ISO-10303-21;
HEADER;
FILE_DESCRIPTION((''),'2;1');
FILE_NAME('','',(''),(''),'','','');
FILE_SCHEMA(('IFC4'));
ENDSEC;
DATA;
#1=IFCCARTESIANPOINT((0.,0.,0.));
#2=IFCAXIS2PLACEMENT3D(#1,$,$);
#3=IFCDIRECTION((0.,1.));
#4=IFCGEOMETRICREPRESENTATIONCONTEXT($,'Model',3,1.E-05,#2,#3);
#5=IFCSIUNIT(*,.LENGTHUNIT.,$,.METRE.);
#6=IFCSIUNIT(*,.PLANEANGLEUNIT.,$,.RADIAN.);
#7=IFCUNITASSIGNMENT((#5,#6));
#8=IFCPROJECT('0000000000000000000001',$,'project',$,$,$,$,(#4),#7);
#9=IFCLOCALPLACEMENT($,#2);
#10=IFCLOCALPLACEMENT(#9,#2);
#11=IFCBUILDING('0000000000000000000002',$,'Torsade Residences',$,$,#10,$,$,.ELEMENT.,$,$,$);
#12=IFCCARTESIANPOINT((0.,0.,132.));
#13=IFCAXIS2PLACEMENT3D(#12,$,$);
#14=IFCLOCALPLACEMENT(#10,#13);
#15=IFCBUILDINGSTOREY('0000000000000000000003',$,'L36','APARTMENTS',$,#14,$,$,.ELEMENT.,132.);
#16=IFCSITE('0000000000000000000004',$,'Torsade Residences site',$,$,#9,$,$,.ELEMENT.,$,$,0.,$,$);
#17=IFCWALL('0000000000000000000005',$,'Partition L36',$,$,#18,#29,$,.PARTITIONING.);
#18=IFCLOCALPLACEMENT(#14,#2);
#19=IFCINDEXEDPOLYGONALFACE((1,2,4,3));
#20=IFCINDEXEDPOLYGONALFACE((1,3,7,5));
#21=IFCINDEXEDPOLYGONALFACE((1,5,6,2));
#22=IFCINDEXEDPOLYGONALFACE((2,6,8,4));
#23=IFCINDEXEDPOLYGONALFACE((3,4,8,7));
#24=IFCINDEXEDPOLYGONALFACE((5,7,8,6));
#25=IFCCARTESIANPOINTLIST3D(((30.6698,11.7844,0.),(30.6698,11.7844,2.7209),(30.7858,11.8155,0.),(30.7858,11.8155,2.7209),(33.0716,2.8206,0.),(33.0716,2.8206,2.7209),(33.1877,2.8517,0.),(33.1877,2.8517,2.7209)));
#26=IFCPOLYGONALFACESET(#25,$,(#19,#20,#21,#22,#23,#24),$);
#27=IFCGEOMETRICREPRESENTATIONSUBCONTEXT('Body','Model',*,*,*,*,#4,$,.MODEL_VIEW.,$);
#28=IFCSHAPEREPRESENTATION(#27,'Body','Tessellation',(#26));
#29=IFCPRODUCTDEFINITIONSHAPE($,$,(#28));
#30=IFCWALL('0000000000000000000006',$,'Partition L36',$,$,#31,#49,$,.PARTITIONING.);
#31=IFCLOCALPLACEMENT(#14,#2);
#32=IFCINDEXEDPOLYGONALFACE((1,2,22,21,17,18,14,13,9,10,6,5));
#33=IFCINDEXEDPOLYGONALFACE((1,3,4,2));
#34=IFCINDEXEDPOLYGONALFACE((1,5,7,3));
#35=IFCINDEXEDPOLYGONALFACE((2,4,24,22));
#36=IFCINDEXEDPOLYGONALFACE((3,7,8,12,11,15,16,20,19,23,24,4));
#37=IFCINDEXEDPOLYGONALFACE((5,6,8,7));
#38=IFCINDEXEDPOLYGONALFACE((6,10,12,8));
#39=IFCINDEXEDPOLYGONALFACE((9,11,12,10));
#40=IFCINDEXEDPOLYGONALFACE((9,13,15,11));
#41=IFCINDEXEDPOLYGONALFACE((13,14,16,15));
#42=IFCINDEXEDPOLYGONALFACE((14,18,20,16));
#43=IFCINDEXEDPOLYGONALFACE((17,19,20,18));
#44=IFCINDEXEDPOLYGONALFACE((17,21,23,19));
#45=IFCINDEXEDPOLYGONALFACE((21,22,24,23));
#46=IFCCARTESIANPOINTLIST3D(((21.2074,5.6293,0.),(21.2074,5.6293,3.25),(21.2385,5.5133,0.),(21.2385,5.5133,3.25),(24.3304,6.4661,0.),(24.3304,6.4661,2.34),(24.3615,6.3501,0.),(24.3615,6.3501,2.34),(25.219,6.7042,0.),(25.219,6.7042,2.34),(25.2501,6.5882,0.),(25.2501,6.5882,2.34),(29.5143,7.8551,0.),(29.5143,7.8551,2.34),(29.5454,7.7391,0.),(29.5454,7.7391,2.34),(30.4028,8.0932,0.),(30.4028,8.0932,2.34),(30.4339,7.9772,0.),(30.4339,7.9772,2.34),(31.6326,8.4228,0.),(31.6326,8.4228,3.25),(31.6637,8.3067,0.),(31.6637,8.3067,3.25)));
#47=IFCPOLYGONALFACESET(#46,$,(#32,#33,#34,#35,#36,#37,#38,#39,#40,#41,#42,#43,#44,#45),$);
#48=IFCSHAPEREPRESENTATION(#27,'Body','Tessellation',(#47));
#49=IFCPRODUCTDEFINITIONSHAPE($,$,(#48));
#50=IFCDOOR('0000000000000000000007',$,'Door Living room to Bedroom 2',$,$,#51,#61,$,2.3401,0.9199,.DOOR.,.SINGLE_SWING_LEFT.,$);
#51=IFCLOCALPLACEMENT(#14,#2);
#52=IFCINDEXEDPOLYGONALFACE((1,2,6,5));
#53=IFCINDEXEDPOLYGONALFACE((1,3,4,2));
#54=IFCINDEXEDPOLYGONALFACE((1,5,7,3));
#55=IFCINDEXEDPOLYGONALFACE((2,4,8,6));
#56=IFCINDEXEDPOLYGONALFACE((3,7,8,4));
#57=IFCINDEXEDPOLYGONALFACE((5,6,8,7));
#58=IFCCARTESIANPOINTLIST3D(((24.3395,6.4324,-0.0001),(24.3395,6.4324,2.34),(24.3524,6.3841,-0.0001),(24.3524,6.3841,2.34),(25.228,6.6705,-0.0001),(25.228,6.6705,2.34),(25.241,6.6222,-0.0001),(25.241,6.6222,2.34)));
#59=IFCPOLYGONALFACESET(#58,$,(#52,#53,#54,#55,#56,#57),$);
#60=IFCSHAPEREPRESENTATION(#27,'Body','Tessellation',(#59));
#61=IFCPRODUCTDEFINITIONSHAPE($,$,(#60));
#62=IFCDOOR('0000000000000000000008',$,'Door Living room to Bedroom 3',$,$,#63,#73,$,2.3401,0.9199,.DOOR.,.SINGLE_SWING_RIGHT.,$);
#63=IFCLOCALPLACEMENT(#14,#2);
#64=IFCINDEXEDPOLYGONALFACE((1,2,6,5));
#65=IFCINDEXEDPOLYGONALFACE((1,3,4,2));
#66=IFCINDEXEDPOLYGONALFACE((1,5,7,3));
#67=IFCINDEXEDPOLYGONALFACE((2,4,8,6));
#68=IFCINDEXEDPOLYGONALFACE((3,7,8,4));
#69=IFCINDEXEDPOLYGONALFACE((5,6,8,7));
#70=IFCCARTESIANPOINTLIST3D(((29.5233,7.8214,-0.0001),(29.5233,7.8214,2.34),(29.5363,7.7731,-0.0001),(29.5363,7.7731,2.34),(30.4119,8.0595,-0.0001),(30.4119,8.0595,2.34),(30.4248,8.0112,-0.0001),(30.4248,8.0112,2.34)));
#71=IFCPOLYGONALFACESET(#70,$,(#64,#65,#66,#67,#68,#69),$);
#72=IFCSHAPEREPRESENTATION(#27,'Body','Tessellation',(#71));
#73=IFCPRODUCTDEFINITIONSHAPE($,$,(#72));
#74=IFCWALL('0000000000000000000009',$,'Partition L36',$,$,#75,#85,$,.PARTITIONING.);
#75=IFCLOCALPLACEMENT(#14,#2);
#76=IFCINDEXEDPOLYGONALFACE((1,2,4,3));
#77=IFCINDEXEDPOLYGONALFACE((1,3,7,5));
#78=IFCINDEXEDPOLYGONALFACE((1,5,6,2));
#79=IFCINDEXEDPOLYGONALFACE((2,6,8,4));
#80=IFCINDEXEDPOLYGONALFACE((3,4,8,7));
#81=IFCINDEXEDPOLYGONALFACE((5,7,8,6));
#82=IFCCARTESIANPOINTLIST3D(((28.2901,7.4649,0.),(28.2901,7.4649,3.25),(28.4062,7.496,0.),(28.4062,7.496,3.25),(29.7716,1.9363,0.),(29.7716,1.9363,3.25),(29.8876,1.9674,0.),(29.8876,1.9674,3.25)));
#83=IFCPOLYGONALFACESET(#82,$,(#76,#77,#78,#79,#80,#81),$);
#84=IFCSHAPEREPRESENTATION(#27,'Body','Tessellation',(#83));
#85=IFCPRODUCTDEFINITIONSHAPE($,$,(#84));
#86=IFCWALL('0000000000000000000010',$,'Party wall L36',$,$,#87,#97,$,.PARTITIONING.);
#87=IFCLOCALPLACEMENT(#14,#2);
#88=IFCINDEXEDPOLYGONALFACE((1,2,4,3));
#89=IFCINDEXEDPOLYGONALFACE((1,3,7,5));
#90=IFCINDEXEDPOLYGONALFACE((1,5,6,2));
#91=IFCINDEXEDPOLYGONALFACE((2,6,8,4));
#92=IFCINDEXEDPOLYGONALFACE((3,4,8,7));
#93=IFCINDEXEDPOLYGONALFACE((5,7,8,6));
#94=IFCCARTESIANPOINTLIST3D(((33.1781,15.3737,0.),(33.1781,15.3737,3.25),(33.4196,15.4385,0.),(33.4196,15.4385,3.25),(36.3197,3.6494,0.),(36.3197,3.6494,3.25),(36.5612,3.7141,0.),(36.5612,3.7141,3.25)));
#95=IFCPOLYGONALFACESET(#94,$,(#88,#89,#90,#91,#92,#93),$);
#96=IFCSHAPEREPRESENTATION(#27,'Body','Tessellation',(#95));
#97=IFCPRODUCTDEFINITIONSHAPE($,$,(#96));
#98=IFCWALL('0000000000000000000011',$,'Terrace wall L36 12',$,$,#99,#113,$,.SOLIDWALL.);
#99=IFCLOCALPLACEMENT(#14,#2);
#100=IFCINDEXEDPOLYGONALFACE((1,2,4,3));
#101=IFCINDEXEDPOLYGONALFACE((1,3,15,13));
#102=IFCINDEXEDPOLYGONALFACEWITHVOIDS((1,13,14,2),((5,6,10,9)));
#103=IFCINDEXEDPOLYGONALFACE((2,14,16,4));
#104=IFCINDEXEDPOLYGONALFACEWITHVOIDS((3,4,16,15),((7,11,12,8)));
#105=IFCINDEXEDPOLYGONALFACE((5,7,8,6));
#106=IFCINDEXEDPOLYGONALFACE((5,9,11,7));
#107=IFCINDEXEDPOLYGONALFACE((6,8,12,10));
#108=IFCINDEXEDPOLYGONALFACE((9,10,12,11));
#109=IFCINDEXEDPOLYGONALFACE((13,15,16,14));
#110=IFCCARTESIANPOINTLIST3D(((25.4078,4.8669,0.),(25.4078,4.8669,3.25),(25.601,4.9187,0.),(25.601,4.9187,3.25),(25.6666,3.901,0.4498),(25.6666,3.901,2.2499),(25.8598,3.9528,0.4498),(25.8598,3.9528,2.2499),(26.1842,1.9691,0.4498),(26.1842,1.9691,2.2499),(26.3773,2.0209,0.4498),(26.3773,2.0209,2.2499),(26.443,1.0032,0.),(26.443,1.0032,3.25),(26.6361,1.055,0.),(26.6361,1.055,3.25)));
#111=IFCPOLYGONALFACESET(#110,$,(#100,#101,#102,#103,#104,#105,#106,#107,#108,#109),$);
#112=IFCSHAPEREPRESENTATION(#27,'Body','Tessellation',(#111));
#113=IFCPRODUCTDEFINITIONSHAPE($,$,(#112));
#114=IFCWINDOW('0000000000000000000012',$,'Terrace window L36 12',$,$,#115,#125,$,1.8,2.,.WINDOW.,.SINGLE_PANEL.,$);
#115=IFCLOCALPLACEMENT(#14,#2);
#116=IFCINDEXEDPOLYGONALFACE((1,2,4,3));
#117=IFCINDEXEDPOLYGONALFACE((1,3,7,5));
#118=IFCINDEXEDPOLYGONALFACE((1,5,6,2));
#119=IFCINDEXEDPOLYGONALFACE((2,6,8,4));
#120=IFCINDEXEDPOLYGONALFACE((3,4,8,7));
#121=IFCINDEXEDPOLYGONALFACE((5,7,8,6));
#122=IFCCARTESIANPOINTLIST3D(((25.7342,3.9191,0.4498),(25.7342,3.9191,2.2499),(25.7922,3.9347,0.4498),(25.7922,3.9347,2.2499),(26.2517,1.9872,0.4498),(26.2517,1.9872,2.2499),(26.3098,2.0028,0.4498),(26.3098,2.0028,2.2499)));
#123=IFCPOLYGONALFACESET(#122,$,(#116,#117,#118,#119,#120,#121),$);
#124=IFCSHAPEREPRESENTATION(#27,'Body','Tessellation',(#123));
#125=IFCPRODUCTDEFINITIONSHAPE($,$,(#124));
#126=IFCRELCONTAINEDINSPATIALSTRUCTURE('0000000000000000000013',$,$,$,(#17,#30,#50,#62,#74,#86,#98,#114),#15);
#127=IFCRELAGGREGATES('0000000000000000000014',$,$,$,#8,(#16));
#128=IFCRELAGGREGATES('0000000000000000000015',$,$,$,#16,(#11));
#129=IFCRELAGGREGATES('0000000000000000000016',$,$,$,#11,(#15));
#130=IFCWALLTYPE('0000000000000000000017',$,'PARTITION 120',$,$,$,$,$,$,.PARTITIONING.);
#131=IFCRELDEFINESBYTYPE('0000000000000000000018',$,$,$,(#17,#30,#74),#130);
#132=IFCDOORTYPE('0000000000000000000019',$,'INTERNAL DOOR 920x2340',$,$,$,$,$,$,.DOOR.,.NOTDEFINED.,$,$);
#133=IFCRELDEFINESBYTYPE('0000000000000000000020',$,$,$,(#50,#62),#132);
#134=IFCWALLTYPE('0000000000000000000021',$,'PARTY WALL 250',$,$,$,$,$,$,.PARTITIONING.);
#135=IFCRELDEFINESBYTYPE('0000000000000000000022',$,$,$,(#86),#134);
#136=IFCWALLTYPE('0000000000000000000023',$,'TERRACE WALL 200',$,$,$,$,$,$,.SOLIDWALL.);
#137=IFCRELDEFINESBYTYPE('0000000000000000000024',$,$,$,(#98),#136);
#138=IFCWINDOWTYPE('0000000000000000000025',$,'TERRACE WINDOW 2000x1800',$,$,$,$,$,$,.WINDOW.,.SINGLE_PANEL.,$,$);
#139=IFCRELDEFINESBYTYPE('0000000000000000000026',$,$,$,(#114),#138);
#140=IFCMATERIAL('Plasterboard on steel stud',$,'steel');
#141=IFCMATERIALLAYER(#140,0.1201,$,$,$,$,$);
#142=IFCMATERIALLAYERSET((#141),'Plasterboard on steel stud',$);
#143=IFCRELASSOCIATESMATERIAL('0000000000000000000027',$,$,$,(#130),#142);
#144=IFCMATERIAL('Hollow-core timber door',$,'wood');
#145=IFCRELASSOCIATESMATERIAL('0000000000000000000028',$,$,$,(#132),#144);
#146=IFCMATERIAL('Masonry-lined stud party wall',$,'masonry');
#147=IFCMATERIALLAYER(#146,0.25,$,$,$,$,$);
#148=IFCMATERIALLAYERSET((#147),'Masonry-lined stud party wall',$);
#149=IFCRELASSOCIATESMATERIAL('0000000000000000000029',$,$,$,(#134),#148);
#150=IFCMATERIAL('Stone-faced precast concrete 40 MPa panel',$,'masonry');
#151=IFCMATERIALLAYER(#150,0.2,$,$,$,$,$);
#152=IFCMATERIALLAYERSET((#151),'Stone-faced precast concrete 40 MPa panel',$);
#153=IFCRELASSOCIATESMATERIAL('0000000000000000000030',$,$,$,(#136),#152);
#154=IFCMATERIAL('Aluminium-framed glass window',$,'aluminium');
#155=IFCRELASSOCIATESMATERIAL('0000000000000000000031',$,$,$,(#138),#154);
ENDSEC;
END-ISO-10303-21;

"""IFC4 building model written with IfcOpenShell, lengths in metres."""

from ifc_helpers import new_model, si_unit, direction, frame, frame_2d, origin, place, context, subcontext, project, spatial, rectangle, extrude, material, layer, layer_set, type_object, element, fill, save


model = new_model("IFC4")

# Units and contexts
model_context = context("Model", 3, precision=1e-05, world=origin(), true_north=direction((0.0, 1.0)))
body_context = subcontext(model_context, "Body", "Model", "MODEL_VIEW")
ifc_project = project(units=[si_unit("LENGTHUNIT", "METRE"), si_unit("PLANEANGLEUNIT", "RADIAN")], contexts=[model_context])

# Site, building, storey
site_placement = place(None, origin())
site = spatial("IfcSite", under=ifc_project, at=site_placement, Name="Torsade Residences site", CompositionType="ELEMENT", RefElevation=0.0)
building_placement = place(site_placement, origin())
building = spatial("IfcBuilding", under=site, at=building_placement, Name="Torsade Residences", CompositionType="ELEMENT")
storey_placement = place(building_placement, frame((0.0, 0.0, 132.0)))
storey = spatial("IfcBuildingStorey", under=building, at=storey_placement, Name="L36", Description="APARTMENTS", CompositionType="ELEMENT", Elevation=132.0)

# Wall
ifc_material_1 = material(Name="Plasterboard on steel stud", Category="steel")
ifc_layer_1 = layer(ifc_material_1, 0.1201)
ifc_layer_set_1 = layer_set([ifc_layer_1], Name="Plasterboard on steel stud")
wall_type_1 = type_object("IfcWallType", Name="PARTITION 120", PredefinedType="PARTITIONING", material=ifc_layer_set_1)
wall_1_placement = place(storey_placement, frame((30.7278, 11.8, 0.0), z_axis=(0.0, 0.0, 1.0), x_axis=(0.258818, -0.965926, 0.0)))
element("IfcWall", 1, at=wall_1_placement, inside=storey, type_object=wall_type_1, Name="Partition L36", PredefinedType="PARTITIONING", context=body_context, shape_type="SweptSolid", body=[
    extrude(rectangle(XDim=9.28, YDim=0.1201, at=frame_2d((4.6401, 0.0))), origin(), (0.0, 0.0, 1.0), 2.7209),
])

# Wall, openings, doors
wall_2_placement = place(storey_placement, frame((31.6482, 8.3647, 0.0), z_axis=(0.0, 0.0, 1.0), x_axis=(-0.965926, -0.25882, 0.0)))
wall_2 = element("IfcWall", 2, at=wall_2_placement, inside=storey, type_object=wall_type_1, Name="Partition L36", PredefinedType="PARTITIONING", context=body_context, shape_type="SweptSolid", body=[
    extrude(rectangle(XDim=10.793, YDim=0.1201, at=frame_2d((5.3965, 0.0))), origin(), (0.0, 0.0, 1.0), 3.25),
])
opening_1_placement = place(wall_2_placement, frame((6.6399, 0.0, 0.0)))
opening_1 = element("IfcOpeningElement", 3, at=opening_1_placement, cuts=wall_2, PredefinedType="OPENING", context=body_context, shape_type="SweptSolid", body=[
    extrude(rectangle(XDim=0.9199, YDim=2.3401, at=frame_2d((0.46, 1.1699))), frame((0.0, 0.0701, 0.0), z_axis=(0.0, -1.0, 0.0), x_axis=(1.0, 0.0, 0.0)), (0.0, 0.0, 1.0), 0.1401),
])
opening_2_placement = place(wall_2_placement, frame((1.2732, 0.0, 0.0)))
opening_2 = element("IfcOpeningElement", 4, at=opening_2_placement, cuts=wall_2, PredefinedType="OPENING", context=body_context, shape_type="SweptSolid", body=[
    extrude(rectangle(XDim=0.9199, YDim=2.3401, at=frame_2d((0.46, 1.1699))), frame((0.0, 0.0701, 0.0), z_axis=(0.0, -1.0, 0.0), x_axis=(1.0, 0.0, 0.0)), (0.0, 0.0, 1.0), 0.1401),
])
ifc_material_2 = material(Name="Hollow-core timber door", Category="wood")
door_type = type_object("IfcDoorType", Name="INTERNAL DOOR 920x2340", OperationType="NOTDEFINED", PredefinedType="DOOR", material=ifc_material_2)
door_1_placement = place(opening_1_placement, origin())
door_1 = element("IfcDoor", 5, at=door_1_placement, inside=storey, type_object=door_type, Name="Door Living room to Bedroom 2", OperationType="SINGLE_SWING_LEFT", OverallHeight=2.3401, OverallWidth=0.9199, PredefinedType="DOOR", context=body_context, shape_type="SweptSolid", body=[
    extrude(rectangle(XDim=0.9199, YDim=2.3401, at=frame_2d((0.46, 1.1699))), frame((0.0, 0.0249, 0.0), z_axis=(0.0, -1.0, 0.0), x_axis=(1.0, 0.0, 0.0)), (0.0, 0.0, 1.0), 0.05),
])
fill(opening_1, door_1)
door_2_placement = place(opening_2_placement, origin())
door_2 = element("IfcDoor", 6, at=door_2_placement, inside=storey, type_object=door_type, Name="Door Living room to Bedroom 3", OperationType="SINGLE_SWING_RIGHT", OverallHeight=2.3401, OverallWidth=0.9199, PredefinedType="DOOR", context=body_context, shape_type="SweptSolid", body=[
    extrude(rectangle(XDim=0.9199, YDim=2.3401, at=frame_2d((0.46, 1.1699))), frame((0.0, 0.0249, 0.0), z_axis=(0.0, -1.0, 0.0), x_axis=(1.0, 0.0, 0.0)), (0.0, 0.0, 1.0), 0.05),
])
fill(opening_2, door_2)

# Walls
wall_3_placement = place(storey_placement, frame((28.3481, 7.4805, 0.0), z_axis=(0.0, 0.0, 1.0), x_axis=(0.258831, -0.965923, 0.0)))
element("IfcWall", 7, at=wall_3_placement, inside=storey, type_object=wall_type_1, Name="Partition L36", PredefinedType="PARTITIONING", context=body_context, shape_type="SweptSolid", body=[
    extrude(rectangle(XDim=5.7236, YDim=0.1201, at=frame_2d((2.8618, 0.0))), origin(), (0.0, 0.0, 1.0), 3.25),
])
ifc_material_3 = material(Name="Masonry-lined stud party wall", Category="masonry")
ifc_layer_2 = layer(ifc_material_3, 0.25)
ifc_layer_set_2 = layer_set([ifc_layer_2], Name="Masonry-lined stud party wall")
wall_type_2 = type_object("IfcWallType", Name="PARTY WALL 250", PredefinedType="PARTITIONING", material=ifc_layer_set_2)
wall_4_placement = place(storey_placement, frame((36.4404, 3.6819, 0.0), z_axis=(0.0, 0.0, 1.0), x_axis=(-0.258824, 0.965924, 0.0)))
element("IfcWall", 8, at=wall_4_placement, inside=storey, type_object=wall_type_2, Name="Party wall L36", PredefinedType="PARTITIONING", context=body_context, shape_type="SweptSolid", body=[
    extrude(rectangle(XDim=12.1379, YDim=0.25, at=frame_2d((6.0688, 0.0))), origin(), (0.0, 0.0, 1.0), 3.25),
])

# Wall, opening, window
ifc_material_4 = material(Name="Stone-faced precast concrete 40 MPa panel", Category="masonry")
ifc_layer_3 = layer(ifc_material_4, 0.2)
ifc_layer_set_3 = layer_set([ifc_layer_3], Name="Stone-faced precast concrete 40 MPa panel")
wall_type_3 = type_object("IfcWallType", Name="TERRACE WALL 200", PredefinedType="SOLIDWALL", material=ifc_layer_set_3)
wall_5_placement = place(storey_placement, frame((25.5044, 4.8928, 0.0), z_axis=(0.0, 0.0, 1.0), x_axis=(0.258787, -0.965934, 0.0)))
wall_5 = element("IfcWall", 9, at=wall_5_placement, inside=storey, type_object=wall_type_3, Name="Terrace wall L36 12", PredefinedType="SOLIDWALL", context=body_context, shape_type="SweptSolid", body=[
    extrude(rectangle(XDim=4.0, YDim=0.2, at=frame_2d((2.0, 0.0))), origin(), (0.0, 0.0, 1.0), 3.25),
])
opening_3_placement = place(wall_5_placement, frame((1.0, 0.0, 0.45)))
opening_3 = element("IfcOpeningElement", 10, at=opening_3_placement, cuts=wall_5, PredefinedType="OPENING", context=body_context, shape_type="SweptSolid", body=[
    extrude(rectangle(XDim=2.0, YDim=1.8, at=frame_2d((1.0, 0.8999))), frame((0.0, 0.1099, 0.0), z_axis=(0.0, -1.0, 0.0), x_axis=(1.0, 0.0, 0.0)), (0.0, 0.0, 1.0), 0.22),
])
ifc_material_5 = material(Name="Aluminium-framed glass window", Category="aluminium")
window_type = type_object("IfcWindowType", Name="TERRACE WINDOW 2000x1800", PartitioningType="SINGLE_PANEL", PredefinedType="WINDOW", material=ifc_material_5)
window_placement = place(opening_3_placement, origin())
window = element("IfcWindow", 11, at=window_placement, inside=storey, type_object=window_type, Name="Terrace window L36 12", OverallHeight=1.8, OverallWidth=2.0, PartitioningType="SINGLE_PANEL", PredefinedType="WINDOW", context=body_context, shape_type="SweptSolid", body=[
    extrude(rectangle(XDim=2.0, YDim=1.8, at=frame_2d((1.0, 0.8999))), frame((0.0, 0.03, 0.0), z_axis=(0.0, -1.0, 0.0), x_axis=(1.0, 0.0, 0.0)), (0.0, 0.0, 1.0), 0.0601),
])
fill(opening_3, window)

save(model, "model.ifc")
